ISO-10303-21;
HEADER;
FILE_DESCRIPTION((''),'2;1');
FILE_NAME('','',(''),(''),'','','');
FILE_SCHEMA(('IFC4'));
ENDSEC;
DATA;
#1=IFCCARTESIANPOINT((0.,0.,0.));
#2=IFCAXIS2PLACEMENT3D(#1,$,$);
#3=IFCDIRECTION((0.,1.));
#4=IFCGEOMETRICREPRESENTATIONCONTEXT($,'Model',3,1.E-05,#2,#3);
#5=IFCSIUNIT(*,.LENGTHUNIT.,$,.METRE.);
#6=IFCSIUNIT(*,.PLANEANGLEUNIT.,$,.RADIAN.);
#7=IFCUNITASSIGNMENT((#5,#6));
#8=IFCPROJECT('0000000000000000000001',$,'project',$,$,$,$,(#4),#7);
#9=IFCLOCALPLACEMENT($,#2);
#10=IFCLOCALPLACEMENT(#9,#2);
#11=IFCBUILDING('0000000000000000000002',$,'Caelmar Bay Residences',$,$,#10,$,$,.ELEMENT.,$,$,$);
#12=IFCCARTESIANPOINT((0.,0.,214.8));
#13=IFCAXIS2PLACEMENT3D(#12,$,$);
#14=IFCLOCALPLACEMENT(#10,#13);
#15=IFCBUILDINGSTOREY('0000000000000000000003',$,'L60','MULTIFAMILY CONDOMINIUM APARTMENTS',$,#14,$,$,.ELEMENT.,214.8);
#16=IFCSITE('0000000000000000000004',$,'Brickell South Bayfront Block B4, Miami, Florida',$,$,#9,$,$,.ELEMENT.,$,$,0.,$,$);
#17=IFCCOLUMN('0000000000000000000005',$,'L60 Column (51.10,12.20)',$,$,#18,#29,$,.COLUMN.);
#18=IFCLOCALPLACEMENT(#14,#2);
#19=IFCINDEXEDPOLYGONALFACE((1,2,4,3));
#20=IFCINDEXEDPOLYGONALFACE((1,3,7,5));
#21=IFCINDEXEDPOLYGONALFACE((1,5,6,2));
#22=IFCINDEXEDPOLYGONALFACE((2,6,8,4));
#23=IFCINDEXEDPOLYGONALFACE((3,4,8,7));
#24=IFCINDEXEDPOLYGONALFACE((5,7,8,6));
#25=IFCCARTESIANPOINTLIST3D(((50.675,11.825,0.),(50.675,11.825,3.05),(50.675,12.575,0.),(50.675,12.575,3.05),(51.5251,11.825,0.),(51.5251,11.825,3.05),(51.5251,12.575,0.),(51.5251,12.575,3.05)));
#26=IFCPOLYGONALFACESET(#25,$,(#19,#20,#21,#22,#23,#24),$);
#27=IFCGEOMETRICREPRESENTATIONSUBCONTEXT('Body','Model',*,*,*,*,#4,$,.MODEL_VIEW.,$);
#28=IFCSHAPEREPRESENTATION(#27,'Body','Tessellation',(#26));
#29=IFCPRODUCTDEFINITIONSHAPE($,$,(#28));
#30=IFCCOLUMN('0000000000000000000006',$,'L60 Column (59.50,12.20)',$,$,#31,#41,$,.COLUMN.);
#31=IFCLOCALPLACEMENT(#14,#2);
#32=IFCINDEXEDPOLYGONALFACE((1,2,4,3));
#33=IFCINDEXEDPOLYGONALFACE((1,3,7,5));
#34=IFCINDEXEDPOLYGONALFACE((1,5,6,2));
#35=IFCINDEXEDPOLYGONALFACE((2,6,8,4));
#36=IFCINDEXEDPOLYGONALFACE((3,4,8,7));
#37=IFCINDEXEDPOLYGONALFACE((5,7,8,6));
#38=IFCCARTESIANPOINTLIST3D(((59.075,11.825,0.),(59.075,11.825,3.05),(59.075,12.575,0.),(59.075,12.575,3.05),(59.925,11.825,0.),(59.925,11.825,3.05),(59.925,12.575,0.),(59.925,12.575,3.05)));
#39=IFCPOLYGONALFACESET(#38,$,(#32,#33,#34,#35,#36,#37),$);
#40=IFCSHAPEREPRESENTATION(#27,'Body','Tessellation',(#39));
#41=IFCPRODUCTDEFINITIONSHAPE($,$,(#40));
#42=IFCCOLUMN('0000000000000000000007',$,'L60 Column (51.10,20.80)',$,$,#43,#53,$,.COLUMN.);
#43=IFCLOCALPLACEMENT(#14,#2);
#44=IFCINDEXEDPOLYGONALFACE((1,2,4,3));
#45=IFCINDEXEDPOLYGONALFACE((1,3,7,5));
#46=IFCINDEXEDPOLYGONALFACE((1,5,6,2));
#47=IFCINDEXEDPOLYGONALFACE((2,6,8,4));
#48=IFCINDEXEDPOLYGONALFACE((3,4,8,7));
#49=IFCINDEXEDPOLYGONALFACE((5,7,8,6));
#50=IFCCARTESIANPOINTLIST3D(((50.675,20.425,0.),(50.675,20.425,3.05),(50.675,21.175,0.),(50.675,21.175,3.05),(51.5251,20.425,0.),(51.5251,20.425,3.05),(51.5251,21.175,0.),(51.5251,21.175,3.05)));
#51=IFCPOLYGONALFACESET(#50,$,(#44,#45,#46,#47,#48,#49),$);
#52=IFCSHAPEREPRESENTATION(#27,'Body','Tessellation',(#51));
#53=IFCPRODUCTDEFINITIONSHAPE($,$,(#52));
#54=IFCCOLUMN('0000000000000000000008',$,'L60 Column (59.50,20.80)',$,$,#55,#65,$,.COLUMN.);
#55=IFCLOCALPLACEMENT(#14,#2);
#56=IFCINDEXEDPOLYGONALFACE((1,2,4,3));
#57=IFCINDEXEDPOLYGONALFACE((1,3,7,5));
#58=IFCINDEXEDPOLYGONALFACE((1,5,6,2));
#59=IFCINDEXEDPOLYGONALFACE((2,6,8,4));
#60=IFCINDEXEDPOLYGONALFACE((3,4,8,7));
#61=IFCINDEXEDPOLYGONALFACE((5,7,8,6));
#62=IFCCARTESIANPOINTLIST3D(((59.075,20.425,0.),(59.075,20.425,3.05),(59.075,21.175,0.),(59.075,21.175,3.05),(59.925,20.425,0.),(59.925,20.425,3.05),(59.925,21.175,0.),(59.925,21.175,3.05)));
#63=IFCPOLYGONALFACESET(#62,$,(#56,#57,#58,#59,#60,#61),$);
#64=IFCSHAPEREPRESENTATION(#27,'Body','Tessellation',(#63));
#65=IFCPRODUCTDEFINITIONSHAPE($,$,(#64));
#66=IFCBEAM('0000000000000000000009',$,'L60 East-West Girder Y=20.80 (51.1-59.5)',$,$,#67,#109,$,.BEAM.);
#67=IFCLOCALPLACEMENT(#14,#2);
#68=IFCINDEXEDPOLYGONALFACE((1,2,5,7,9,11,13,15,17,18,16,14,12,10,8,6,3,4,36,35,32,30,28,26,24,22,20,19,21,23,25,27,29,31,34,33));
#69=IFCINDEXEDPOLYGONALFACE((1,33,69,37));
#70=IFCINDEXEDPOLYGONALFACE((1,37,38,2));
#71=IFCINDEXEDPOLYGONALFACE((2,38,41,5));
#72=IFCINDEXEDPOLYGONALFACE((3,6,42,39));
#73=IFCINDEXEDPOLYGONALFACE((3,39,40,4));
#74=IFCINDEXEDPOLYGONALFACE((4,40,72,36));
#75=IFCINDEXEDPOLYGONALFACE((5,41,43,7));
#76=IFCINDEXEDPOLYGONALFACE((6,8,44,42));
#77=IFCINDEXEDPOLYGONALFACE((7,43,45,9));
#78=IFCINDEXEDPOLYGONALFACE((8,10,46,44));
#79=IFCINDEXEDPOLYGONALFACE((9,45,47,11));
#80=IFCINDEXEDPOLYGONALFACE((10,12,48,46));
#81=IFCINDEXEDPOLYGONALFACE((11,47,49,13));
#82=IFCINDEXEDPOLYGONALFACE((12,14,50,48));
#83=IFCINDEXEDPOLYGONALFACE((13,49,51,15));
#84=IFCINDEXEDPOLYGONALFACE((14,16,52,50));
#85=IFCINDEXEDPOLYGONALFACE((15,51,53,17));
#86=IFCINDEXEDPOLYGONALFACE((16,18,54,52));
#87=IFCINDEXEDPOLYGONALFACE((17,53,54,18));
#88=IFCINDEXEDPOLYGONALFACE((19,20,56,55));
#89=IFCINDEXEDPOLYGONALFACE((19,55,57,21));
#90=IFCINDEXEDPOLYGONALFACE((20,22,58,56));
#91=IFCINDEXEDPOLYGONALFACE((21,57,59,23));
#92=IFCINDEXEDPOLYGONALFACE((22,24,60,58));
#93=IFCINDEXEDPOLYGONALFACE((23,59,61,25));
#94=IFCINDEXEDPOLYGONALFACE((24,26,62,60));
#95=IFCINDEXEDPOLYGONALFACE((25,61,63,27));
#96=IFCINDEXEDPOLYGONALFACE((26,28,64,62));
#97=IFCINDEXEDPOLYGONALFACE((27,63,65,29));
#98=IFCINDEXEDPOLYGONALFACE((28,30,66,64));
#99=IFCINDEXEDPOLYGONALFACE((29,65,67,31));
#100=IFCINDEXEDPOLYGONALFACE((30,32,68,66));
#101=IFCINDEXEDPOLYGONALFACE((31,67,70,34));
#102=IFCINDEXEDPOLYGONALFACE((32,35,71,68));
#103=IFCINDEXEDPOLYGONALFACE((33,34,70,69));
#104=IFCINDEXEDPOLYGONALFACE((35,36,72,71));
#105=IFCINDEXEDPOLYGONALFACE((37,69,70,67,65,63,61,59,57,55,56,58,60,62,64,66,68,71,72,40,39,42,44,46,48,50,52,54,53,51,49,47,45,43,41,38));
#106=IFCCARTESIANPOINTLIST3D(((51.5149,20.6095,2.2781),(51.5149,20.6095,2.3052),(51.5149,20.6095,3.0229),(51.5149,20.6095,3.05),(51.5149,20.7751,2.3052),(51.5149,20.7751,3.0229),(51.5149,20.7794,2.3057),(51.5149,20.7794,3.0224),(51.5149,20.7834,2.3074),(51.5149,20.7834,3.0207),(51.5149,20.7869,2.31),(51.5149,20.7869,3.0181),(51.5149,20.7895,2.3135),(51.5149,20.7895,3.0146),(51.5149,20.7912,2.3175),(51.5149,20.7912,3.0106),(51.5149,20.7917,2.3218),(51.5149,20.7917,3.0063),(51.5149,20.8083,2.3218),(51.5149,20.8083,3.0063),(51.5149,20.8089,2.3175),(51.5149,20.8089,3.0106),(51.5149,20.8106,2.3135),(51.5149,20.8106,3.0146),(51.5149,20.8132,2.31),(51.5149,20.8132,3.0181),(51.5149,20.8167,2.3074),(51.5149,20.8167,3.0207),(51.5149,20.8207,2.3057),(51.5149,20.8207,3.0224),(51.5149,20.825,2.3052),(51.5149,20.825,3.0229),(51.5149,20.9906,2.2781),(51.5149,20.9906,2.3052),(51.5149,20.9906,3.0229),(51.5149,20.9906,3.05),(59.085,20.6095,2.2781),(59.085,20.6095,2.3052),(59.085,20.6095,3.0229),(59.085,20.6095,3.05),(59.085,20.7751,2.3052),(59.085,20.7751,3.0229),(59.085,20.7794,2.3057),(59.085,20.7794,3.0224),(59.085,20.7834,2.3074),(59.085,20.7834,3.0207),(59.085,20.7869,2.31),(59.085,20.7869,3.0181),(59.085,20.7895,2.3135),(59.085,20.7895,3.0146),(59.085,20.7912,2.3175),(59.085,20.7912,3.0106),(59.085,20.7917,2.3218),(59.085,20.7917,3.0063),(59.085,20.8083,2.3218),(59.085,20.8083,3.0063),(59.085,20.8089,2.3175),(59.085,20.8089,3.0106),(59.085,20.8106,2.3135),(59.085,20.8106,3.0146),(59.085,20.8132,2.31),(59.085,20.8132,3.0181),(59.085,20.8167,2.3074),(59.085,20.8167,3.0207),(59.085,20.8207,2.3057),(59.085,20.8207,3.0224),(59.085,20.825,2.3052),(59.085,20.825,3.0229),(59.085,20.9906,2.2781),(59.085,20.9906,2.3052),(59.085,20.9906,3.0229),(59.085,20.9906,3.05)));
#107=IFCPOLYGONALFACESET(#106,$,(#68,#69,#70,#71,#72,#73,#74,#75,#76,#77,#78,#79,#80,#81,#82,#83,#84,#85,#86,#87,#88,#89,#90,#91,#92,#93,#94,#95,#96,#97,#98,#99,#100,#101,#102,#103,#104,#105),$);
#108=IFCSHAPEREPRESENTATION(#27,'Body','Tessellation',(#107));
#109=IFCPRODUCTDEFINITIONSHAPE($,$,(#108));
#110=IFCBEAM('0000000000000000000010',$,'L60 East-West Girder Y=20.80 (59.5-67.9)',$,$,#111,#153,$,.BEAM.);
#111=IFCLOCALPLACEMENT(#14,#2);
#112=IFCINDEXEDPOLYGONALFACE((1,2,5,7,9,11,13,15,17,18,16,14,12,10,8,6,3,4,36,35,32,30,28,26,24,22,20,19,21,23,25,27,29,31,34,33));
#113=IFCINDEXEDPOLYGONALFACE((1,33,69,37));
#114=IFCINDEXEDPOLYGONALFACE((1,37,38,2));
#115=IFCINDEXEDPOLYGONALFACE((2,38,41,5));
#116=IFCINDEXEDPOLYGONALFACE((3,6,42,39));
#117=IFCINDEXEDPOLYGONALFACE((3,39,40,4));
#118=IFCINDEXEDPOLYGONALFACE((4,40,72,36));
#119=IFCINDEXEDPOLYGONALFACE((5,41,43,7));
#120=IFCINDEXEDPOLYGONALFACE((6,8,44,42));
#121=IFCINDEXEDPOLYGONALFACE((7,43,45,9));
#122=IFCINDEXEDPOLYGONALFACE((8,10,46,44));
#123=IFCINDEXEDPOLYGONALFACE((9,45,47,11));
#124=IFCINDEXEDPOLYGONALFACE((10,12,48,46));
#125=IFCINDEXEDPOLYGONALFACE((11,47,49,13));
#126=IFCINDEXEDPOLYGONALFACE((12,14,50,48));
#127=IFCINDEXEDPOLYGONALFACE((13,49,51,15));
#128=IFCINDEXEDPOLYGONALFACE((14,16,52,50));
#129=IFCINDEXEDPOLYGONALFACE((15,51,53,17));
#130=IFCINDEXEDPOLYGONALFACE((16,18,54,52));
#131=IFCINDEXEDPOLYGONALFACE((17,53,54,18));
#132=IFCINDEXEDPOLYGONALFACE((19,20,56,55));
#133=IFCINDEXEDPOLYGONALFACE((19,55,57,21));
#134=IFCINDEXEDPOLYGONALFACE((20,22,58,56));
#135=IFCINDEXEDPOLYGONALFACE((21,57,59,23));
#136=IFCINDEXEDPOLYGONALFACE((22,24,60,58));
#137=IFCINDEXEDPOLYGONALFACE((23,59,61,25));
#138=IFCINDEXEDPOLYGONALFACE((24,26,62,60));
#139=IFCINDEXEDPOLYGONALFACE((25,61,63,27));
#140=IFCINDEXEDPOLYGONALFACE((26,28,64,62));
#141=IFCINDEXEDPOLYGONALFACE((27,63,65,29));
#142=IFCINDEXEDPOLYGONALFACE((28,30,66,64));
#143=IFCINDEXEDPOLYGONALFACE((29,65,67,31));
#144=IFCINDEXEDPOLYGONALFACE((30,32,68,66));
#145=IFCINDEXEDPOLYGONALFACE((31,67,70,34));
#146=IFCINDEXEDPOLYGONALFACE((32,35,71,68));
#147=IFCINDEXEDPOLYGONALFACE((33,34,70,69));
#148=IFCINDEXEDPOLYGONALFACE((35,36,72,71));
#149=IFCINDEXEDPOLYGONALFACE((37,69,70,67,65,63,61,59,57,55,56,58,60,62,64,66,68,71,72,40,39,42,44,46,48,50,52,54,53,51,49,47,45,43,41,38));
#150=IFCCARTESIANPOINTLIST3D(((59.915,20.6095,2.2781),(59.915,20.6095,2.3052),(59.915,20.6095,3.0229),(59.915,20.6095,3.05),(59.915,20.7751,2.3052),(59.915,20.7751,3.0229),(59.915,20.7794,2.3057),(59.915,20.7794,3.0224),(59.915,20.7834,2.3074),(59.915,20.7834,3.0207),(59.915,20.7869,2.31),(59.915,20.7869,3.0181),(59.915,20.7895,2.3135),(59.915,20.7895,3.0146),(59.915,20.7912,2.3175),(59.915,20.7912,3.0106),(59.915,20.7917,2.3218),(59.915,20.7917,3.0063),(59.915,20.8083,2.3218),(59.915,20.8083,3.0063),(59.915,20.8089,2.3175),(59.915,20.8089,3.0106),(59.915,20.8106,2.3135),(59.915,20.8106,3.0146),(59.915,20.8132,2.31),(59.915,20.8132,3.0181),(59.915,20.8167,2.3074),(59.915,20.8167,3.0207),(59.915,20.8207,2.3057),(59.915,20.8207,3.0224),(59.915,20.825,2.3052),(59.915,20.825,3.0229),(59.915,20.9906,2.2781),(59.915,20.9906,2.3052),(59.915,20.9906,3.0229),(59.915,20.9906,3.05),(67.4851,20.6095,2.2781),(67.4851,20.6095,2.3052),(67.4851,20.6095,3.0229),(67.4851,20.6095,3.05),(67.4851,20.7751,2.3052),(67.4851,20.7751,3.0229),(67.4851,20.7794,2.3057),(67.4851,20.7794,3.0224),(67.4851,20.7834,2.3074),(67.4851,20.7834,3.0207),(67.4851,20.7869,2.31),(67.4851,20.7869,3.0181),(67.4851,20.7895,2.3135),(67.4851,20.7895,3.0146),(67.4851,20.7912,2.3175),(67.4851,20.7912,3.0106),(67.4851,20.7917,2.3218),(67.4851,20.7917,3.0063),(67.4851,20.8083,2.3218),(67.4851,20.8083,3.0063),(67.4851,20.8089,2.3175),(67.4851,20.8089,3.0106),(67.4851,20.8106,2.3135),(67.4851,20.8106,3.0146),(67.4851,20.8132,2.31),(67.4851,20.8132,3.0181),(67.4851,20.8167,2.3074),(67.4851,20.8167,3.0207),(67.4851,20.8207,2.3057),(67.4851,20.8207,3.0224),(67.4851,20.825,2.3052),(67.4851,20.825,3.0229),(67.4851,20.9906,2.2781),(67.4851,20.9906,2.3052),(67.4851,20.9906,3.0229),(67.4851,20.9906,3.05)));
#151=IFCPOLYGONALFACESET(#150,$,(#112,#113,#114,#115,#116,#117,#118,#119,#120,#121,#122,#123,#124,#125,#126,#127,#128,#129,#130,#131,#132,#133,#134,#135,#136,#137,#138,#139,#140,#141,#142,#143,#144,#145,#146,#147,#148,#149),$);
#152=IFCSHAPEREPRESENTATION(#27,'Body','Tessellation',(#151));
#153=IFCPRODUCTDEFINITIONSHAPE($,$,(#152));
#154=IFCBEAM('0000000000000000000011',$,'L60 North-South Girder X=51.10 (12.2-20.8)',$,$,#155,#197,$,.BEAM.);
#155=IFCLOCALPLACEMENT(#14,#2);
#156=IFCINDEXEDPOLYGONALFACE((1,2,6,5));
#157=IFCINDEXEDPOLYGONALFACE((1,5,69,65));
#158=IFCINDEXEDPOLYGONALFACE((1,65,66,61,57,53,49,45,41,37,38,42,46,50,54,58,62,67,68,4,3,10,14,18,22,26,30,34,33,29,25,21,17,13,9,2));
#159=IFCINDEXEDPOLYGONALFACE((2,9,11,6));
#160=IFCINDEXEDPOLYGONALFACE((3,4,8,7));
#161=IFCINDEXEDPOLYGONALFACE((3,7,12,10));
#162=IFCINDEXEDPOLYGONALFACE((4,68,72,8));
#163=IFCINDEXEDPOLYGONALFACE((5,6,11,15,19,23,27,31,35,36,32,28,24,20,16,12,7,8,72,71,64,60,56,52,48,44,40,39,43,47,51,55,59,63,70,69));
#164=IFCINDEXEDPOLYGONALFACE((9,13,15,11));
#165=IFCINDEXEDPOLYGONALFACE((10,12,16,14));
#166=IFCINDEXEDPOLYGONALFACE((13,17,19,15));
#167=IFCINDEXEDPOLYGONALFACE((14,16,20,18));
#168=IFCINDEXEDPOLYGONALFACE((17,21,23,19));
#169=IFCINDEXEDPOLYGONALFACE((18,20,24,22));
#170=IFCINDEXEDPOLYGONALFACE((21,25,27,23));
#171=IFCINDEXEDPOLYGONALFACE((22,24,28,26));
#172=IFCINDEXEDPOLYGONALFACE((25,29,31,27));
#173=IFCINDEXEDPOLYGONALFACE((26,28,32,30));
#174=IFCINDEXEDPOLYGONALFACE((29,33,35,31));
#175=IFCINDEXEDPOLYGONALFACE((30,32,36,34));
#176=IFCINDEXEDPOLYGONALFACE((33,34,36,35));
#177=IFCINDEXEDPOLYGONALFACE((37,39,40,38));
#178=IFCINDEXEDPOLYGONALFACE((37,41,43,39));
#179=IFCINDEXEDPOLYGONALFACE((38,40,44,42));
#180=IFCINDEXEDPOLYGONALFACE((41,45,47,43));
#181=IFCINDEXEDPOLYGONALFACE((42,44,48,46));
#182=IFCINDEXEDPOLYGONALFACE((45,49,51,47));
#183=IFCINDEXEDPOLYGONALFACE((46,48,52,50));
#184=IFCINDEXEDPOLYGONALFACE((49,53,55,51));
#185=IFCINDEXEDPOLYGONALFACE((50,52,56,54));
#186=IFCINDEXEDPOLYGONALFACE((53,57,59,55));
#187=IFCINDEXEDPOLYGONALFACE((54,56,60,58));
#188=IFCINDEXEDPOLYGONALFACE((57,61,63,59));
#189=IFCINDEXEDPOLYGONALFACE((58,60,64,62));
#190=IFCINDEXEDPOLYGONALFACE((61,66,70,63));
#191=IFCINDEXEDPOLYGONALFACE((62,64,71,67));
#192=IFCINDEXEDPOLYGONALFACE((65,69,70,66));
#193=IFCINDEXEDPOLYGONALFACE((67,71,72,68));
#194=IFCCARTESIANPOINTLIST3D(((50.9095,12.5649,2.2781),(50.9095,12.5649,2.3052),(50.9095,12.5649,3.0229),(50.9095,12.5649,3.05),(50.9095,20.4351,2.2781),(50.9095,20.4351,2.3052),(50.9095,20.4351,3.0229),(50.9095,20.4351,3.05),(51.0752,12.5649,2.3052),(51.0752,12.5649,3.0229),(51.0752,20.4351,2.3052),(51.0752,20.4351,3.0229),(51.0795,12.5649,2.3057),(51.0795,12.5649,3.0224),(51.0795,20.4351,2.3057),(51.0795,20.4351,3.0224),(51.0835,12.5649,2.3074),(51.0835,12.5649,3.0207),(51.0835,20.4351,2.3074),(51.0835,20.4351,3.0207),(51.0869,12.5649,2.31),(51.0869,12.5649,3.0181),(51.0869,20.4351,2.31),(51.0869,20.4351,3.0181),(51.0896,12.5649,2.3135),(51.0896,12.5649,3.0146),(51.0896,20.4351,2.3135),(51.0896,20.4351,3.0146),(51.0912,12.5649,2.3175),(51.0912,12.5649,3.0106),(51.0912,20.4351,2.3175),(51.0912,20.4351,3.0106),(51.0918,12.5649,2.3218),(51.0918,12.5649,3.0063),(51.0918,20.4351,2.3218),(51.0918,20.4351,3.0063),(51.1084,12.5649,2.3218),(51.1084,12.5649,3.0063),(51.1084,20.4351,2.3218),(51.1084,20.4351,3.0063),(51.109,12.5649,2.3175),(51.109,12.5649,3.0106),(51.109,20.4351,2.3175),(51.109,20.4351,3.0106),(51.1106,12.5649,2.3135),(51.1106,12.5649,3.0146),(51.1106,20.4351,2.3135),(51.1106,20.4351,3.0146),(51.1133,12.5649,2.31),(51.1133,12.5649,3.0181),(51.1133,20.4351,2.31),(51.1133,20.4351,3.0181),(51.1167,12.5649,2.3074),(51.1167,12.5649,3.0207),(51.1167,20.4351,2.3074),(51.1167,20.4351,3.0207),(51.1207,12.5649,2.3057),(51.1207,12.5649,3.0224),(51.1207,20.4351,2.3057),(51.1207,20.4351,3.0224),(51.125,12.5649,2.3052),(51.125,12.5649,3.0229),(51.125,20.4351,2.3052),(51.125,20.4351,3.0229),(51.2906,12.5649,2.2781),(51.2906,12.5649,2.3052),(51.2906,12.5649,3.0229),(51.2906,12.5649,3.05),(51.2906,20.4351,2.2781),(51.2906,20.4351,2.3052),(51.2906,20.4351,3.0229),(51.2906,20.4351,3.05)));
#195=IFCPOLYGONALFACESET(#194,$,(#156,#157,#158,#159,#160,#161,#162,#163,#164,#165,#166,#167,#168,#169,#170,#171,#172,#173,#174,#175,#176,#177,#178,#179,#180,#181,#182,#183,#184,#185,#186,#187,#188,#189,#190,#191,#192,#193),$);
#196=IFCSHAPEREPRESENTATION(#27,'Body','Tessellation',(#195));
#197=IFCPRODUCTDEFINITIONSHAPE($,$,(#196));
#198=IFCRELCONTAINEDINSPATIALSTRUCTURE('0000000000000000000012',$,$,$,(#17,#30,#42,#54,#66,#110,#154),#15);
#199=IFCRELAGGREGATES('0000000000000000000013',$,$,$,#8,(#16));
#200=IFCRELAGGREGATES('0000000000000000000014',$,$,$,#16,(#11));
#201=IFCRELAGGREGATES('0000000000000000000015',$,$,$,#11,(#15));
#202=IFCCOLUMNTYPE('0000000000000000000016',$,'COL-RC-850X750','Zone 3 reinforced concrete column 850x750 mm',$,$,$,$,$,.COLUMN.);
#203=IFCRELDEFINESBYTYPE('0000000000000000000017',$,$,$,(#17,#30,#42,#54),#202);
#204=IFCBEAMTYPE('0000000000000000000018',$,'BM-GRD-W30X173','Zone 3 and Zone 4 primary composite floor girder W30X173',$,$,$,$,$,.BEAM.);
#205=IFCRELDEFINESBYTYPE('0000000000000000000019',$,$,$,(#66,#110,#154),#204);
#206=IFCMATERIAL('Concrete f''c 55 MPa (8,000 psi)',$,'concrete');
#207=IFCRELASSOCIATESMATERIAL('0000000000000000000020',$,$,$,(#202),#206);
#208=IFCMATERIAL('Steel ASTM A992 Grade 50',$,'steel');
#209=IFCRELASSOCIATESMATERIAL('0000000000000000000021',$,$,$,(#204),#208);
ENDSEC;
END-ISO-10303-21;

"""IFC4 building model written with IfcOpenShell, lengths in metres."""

from ifc_helpers import new_model, si_unit, direction, frame, origin, origin_2d, place, context, subcontext, project, spatial, rectangle, i_section, extrude, material, material_profile, profile_set, type_object, element, save


model = new_model("IFC4")

# Units and contexts
model_context = context("Model", 3, precision=1e-05, world=origin(), true_north=direction((0.0, 1.0)))
body_context = subcontext(model_context, "Body", "Model", "MODEL_VIEW")
ifc_project = project(units=[si_unit("LENGTHUNIT", "METRE"), si_unit("PLANEANGLEUNIT", "RADIAN")], contexts=[model_context])

# Site, building, storey
site_placement = place(None, origin())
site = spatial("IfcSite", under=ifc_project, at=site_placement, Name="Brickell South Bayfront Block B4, Miami, Florida", CompositionType="ELEMENT", RefElevation=0.0)
building_placement = place(site_placement, origin())
building = spatial("IfcBuilding", under=site, at=building_placement, Name="Caelmar Bay Residences", CompositionType="ELEMENT")
storey_placement = place(building_placement, frame((0.0, 0.0, 214.8)))
storey = spatial("IfcBuildingStorey", under=building, at=storey_placement, Name="L60", Description="MULTIFAMILY CONDOMINIUM APARTMENTS", CompositionType="ELEMENT", Elevation=214.8)

# Columns
ifc_material_1 = material(Name="Concrete f'c 55 MPa (8,000 psi)", Category="concrete")
ifc_material_profile_1 = material_profile(ifc_material_1, rectangle(XDim=0.8501, YDim=0.75, at=origin_2d()), Name="RC-COL-850X750")
ifc_profile_set_1 = profile_set([ifc_material_profile_1], Name="Concrete f'c 55 MPa (8,000 psi)")
column_type = type_object("IfcColumnType", Name="COL-RC-850X750", Description="Zone 3 reinforced concrete column 850x750 mm", PredefinedType="COLUMN", material=ifc_profile_set_1)
for number, where, z_axis, x_axis, name in (
    (1, (51.1001, 12.2, 0.0), (0.0, 0.0, 1.0), (1.0, 0.0, 0.0), "L60 Column (51.10,12.20)"),
    (2, (59.5, 12.2, 0.0), (0.0, 0.0, 1.0), (1.0, 0.0, 0.0), "L60 Column (59.50,12.20)"),
    (3, (51.1001, 20.8, 0.0), (0.0, 0.0, 1.0), (1.0, 0.0, 0.0), "L60 Column (51.10,20.80)"),
    (4, (59.5, 20.8, 0.0), (0.0, 0.0, 1.0), (1.0, 0.0, 0.0), "L60 Column (59.50,20.80)"),
):
    element("IfcColumn", number, at=place(storey_placement, frame(where, z_axis=z_axis, x_axis=x_axis)), inside=storey, type_object=column_type, Name=name, PredefinedType="COLUMN", context=body_context, shape_type="SweptSolid", body=[
        extrude(rectangle(XDim=0.8501, YDim=0.75, at=origin_2d()), origin(), (0.0, 0.0, 1.0), 3.05),
    ])

# Beams
ifc_material_2 = material(Name="Steel ASTM A992 Grade 50", Category="steel")
ifc_material_profile_2 = material_profile(ifc_material_2, i_section(OverallWidth=0.3811, OverallDepth=0.772, WebThickness=0.0166, FlangeThickness=0.0271, FilletRadius=0.0166, at=origin_2d()), Name="W30X173")
ifc_profile_set_2 = profile_set([ifc_material_profile_2], Name="Steel ASTM A992 Grade 50")
beam_type_1 = type_object("IfcBeamType", Name="BM-GRD-W30X173", Description="Zone 3 and Zone 4 primary composite floor girder W30X173", PredefinedType="BEAM", material=ifc_profile_set_2)
for number, where, z_axis, x_axis, name in (
    (5, (51.5149, 20.8, 2.6641), (1.0, 0.0, 0.0), (0.0, 1.0, 0.0), "L60 East-West Girder Y=20.80 (51.1-59.5)"),
    (6, (59.915, 20.8, 2.6641), (1.0, 0.0, 0.0), (0.0, 1.0, 0.0), "L60 East-West Girder Y=20.80 (59.5-67.9)"),
):
    element("IfcBeam", number, at=place(storey_placement, frame(where, z_axis=z_axis, x_axis=x_axis)), inside=storey, type_object=beam_type_1, Name=name, PredefinedType="BEAM", context=body_context, shape_type="SweptSolid", body=[
        extrude(i_section(OverallWidth=0.3811, OverallDepth=0.772, WebThickness=0.0166, FlangeThickness=0.0271, FilletRadius=0.0166, at=origin_2d()), origin(), (0.0, 0.0, 1.0), 7.5701),
    ])
for number, where, z_axis, x_axis, name in (
    (7, (51.1001, 12.5649, 2.6641), (0.0, 1.0, 0.0), (-1.0, 0.0, 0.0), "L60 North-South Girder X=51.10 (12.2-20.8)"),
):
    element("IfcBeam", number, at=place(storey_placement, frame(where, z_axis=z_axis, x_axis=x_axis)), inside=storey, type_object=beam_type_1, Name=name, PredefinedType="BEAM", context=body_context, shape_type="SweptSolid", body=[
        extrude(i_section(OverallWidth=0.3811, OverallDepth=0.772, WebThickness=0.0166, FlangeThickness=0.0271, FilletRadius=0.0166, at=origin_2d()), origin(), (0.0, 0.0, 1.0), 7.8701),
    ])

save(model, "model.ifc")
